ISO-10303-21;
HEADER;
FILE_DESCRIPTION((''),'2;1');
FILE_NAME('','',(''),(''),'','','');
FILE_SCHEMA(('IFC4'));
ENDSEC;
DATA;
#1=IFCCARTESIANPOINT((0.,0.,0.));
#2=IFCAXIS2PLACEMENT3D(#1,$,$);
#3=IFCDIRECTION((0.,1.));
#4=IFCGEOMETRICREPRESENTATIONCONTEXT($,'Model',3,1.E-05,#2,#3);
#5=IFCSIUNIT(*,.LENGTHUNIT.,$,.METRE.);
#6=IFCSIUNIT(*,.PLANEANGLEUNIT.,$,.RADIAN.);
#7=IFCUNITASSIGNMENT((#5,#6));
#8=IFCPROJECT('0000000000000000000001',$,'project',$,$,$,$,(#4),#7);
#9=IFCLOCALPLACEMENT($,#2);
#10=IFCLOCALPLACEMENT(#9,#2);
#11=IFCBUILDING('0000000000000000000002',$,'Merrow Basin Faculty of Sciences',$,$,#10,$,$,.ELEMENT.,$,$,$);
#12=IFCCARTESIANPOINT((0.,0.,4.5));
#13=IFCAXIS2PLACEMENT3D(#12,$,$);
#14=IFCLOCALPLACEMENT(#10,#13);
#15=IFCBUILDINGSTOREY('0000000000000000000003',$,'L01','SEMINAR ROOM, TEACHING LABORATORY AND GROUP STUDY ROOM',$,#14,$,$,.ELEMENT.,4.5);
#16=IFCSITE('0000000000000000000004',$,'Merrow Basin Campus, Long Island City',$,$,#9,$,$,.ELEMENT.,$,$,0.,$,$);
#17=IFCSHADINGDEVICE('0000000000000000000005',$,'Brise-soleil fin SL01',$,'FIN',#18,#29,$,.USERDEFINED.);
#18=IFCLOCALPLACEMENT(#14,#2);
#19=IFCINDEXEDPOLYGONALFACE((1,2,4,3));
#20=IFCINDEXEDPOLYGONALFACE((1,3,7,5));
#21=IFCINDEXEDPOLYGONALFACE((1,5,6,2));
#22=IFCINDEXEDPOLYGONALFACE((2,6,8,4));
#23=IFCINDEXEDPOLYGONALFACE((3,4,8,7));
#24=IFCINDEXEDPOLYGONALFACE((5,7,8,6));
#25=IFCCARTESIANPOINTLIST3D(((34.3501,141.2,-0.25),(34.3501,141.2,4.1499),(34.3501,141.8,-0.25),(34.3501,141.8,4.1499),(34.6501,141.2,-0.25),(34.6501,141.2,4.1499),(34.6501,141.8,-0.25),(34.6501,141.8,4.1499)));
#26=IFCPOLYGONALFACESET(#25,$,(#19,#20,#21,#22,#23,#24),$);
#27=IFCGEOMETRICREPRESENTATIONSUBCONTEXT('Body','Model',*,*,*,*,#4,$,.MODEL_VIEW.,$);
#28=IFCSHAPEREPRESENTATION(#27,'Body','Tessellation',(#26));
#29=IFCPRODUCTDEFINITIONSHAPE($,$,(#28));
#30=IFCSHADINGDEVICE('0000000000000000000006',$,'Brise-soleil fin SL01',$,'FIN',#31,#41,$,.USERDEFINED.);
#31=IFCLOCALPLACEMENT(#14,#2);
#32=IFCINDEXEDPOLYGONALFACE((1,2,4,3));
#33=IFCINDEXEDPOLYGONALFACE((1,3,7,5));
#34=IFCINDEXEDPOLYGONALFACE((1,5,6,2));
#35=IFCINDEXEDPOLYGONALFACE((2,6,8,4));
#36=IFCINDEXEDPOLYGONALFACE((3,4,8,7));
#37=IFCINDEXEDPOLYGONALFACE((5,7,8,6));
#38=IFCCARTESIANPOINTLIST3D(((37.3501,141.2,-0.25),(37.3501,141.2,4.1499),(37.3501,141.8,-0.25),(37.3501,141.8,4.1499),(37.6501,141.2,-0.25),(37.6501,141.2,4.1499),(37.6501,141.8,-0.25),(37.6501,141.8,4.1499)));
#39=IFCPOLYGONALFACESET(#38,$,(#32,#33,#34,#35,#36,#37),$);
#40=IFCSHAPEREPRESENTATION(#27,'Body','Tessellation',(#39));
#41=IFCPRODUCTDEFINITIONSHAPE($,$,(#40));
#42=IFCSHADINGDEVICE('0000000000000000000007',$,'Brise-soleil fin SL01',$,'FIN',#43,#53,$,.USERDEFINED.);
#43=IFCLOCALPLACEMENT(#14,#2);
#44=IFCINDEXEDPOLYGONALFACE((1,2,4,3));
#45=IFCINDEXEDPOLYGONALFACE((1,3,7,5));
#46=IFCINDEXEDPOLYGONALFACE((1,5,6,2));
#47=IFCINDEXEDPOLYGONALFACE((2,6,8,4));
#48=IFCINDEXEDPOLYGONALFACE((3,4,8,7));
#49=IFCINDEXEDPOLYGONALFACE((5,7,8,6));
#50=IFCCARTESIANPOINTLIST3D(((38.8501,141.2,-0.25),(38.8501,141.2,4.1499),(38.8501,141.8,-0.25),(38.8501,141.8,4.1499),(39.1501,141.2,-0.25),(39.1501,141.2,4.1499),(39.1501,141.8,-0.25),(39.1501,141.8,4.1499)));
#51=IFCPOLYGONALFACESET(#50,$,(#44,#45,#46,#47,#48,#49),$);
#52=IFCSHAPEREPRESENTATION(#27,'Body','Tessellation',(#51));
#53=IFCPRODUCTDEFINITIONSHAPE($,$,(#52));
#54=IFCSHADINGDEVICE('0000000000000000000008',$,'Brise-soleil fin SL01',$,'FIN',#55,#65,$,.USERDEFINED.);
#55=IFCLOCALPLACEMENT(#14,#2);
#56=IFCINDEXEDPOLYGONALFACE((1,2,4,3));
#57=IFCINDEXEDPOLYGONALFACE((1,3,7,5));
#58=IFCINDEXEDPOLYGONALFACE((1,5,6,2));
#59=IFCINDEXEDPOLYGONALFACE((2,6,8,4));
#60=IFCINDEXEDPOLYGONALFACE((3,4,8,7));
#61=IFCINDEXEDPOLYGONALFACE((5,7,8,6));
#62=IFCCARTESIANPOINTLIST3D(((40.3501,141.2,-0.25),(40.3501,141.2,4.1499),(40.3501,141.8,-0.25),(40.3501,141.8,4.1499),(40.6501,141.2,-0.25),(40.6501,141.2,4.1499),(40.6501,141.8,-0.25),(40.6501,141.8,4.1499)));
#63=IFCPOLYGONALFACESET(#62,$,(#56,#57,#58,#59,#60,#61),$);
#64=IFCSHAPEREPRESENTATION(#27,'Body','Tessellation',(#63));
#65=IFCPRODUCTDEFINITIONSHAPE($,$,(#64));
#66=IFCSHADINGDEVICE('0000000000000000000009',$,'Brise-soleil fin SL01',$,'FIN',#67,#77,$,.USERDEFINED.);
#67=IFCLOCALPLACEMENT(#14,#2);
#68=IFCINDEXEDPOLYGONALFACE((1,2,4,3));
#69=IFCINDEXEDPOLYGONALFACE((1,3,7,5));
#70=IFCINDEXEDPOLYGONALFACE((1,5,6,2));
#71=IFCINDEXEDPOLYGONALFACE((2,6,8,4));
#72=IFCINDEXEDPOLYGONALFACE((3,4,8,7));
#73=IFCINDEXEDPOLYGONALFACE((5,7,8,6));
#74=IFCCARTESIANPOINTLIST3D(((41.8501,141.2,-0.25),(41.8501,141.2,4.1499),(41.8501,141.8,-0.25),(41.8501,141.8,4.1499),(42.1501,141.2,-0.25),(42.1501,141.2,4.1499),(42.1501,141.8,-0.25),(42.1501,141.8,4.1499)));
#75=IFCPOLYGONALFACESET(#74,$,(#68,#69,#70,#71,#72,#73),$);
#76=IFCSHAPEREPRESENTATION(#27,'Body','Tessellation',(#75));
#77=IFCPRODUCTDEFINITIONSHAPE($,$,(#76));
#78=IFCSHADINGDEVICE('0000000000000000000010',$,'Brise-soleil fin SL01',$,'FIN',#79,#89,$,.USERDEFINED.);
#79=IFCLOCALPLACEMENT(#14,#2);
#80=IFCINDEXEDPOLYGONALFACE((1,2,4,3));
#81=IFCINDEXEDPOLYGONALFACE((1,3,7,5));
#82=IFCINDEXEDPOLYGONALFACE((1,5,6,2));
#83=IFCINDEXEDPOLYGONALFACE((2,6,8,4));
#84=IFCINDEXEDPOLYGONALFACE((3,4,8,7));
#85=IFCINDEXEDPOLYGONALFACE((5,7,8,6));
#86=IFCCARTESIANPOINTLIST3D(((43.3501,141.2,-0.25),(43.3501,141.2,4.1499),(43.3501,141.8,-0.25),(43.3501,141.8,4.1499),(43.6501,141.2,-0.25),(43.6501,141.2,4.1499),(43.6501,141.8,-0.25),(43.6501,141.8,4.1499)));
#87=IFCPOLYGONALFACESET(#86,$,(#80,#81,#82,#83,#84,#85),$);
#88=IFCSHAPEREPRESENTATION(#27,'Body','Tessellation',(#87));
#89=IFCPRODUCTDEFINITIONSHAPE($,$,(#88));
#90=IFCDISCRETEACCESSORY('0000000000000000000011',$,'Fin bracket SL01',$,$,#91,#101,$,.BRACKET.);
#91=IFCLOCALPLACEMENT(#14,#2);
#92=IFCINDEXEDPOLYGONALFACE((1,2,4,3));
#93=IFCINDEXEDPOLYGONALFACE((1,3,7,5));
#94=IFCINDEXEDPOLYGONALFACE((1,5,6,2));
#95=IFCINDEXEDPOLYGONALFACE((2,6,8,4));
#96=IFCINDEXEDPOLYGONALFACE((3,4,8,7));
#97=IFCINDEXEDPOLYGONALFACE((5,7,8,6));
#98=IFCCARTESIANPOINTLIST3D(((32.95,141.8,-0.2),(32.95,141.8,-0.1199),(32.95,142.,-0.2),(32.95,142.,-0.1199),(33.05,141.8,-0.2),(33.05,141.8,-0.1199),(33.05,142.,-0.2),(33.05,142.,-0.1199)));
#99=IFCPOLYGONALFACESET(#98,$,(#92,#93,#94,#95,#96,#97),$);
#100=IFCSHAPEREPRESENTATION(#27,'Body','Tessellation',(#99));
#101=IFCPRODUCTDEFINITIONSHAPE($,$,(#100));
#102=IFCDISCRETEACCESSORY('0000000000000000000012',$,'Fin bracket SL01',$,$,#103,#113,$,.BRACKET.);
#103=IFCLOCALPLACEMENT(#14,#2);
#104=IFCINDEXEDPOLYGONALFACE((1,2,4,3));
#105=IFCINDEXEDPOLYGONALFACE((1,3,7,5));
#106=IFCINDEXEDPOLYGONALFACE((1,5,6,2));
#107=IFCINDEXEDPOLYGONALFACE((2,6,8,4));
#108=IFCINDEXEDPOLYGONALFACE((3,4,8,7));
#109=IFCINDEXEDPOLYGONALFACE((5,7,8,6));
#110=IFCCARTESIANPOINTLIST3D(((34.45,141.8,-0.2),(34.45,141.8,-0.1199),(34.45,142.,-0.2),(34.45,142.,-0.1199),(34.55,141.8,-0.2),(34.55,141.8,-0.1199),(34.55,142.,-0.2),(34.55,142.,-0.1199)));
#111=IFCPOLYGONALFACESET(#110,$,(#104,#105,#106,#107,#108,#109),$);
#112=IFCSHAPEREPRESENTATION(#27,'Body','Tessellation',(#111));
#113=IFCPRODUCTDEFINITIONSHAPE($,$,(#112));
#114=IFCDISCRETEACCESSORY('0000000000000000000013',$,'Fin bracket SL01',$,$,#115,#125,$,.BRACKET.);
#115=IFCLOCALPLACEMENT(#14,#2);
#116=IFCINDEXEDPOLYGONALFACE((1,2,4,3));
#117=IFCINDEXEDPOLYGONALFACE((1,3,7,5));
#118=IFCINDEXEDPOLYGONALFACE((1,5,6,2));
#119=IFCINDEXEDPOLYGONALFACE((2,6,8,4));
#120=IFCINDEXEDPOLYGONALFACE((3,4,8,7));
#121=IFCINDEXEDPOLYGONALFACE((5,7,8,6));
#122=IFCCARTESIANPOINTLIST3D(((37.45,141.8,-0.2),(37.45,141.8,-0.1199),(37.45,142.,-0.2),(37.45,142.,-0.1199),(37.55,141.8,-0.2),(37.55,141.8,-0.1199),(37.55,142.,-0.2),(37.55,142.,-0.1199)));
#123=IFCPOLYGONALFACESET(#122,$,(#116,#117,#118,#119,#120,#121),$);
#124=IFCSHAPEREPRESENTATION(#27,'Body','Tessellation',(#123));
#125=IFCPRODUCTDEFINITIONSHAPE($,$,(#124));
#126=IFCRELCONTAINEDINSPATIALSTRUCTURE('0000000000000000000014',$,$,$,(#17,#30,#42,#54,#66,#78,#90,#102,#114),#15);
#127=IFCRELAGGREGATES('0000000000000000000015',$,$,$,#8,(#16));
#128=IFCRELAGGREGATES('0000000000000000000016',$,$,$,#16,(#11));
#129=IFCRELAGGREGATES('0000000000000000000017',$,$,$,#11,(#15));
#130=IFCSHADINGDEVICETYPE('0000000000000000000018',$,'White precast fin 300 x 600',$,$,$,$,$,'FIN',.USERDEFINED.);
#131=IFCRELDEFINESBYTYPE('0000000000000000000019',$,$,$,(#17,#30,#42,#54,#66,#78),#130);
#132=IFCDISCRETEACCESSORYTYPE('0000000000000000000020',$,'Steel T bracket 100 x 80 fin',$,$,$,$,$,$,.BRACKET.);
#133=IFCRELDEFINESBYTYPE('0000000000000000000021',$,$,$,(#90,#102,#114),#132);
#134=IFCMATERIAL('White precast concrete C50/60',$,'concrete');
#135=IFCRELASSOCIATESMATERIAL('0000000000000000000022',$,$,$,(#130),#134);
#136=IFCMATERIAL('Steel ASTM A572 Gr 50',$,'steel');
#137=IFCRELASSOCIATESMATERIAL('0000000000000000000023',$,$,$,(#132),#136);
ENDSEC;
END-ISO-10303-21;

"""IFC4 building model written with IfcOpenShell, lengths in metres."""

from ifc_helpers import new_model, si_unit, direction, frame, origin, place, context, subcontext, project, spatial, polyline, outline, extrude, source, transform, mapped, material, type_object, element, save


model = new_model("IFC4")

# Units and contexts
model_context = context("Model", 3, precision=1e-05, world=origin(), true_north=direction((0.0, 1.0)))
body_context = subcontext(model_context, "Body", "Model", "MODEL_VIEW")
ifc_project = project(units=[si_unit("LENGTHUNIT", "METRE"), si_unit("PLANEANGLEUNIT", "RADIAN")], contexts=[model_context])

# Site, building, storey
site_placement = place(None, origin())
site = spatial("IfcSite", under=ifc_project, at=site_placement, Name="Merrow Basin Campus, Long Island City", CompositionType="ELEMENT", RefElevation=0.0)
building_placement = place(site_placement, origin())
building = spatial("IfcBuilding", under=site, at=building_placement, Name="Merrow Basin Faculty of Sciences", CompositionType="ELEMENT")
storey_placement = place(building_placement, frame((0.0, 0.0, 4.5)))
storey = spatial("IfcBuildingStorey", under=building, at=storey_placement, Name="L01", Description="SEMINAR ROOM, TEACHING LABORATORY AND GROUP STUDY ROOM", CompositionType="ELEMENT", Elevation=4.5)

# Shading devices
ifc_material_1 = material(Name="White precast concrete C50/60", Category="concrete")
shading_device_type = type_object("IfcShadingDeviceType", Name="White precast fin 300 x 600", ElementType="FIN", PredefinedType="USERDEFINED", material=ifc_material_1)
shared_shape_1 = source(origin(), body_context, "Body", "SweptSolid", [
    extrude(outline(polyline([(0.0, 0.0), (0.3, 0.0), (0.3, 4.3999), (0.0, 4.3999), (0.0, 0.0)])), origin(), (0.0, 0.0, 1.0), 0.6001),
])
for number, where, z_axis, x_axis, name in (
    (1, (34.3501, 141.8, -0.25), (0.0, -1.0, 0.0), (1.0, 0.0, 0.0), "Brise-soleil fin SL01"),
    (2, (37.3501, 141.8, -0.25), (0.0, -1.0, 0.0), (1.0, 0.0, 0.0), "Brise-soleil fin SL01"),
    (3, (38.8501, 141.8, -0.25), (0.0, -1.0, 0.0), (1.0, 0.0, 0.0), "Brise-soleil fin SL01"),
    (4, (40.3501, 141.8, -0.25), (0.0, -1.0, 0.0), (1.0, 0.0, 0.0), "Brise-soleil fin SL01"),
    (5, (41.8501, 141.8, -0.25), (0.0, -1.0, 0.0), (1.0, 0.0, 0.0), "Brise-soleil fin SL01"),
    (6, (43.3501, 141.8, -0.25), (0.0, -1.0, 0.0), (1.0, 0.0, 0.0), "Brise-soleil fin SL01"),
):
    element("IfcShadingDevice", number, at=place(storey_placement, frame(where, z_axis=z_axis, x_axis=x_axis)), inside=storey, type_object=shading_device_type, Name=name, ObjectType="FIN", PredefinedType="USERDEFINED", context=body_context, shape_type="MappedRepresentation", body=[
        mapped(shared_shape_1, transform((0.0, 0.0, 0.0), scale=1.0)),
    ])

# Discrete accessories
ifc_material_2 = material(Name="Steel ASTM A572 Gr 50", Category="steel")
discrete_accessory_type = type_object("IfcDiscreteAccessoryType", Name="Steel T bracket 100 x 80 fin", PredefinedType="BRACKET", material=ifc_material_2)
shared_shape_2 = source(origin(), body_context, "Body", "SweptSolid", [
    extrude(outline(polyline([(0.0, 0.0), (0.1001, 0.0), (0.1001, 0.0801), (0.0, 0.0801), (0.0, 0.0)])), origin(), (0.0, 0.0, 1.0), 0.2),
])
for number, where, z_axis, x_axis, name in (
    (7, (32.95, 142.0, -0.2), (0.0, -1.0, 0.0), (1.0, 0.0, 0.0), "Fin bracket SL01"),
    (8, (34.45, 142.0, -0.2), (0.0, -1.0, 0.0), (1.0, 0.0, 0.0), "Fin bracket SL01"),
    (9, (37.45, 142.0, -0.2), (0.0, -1.0, 0.0), (1.0, 0.0, 0.0), "Fin bracket SL01"),
):
    element("IfcDiscreteAccessory", number, at=place(storey_placement, frame(where, z_axis=z_axis, x_axis=x_axis)), inside=storey, type_object=discrete_accessory_type, Name=name, PredefinedType="BRACKET", context=body_context, shape_type="MappedRepresentation", body=[
        mapped(shared_shape_2, transform((0.0, 0.0, 0.0), scale=1.0)),
    ])

save(model, "model.ifc")
